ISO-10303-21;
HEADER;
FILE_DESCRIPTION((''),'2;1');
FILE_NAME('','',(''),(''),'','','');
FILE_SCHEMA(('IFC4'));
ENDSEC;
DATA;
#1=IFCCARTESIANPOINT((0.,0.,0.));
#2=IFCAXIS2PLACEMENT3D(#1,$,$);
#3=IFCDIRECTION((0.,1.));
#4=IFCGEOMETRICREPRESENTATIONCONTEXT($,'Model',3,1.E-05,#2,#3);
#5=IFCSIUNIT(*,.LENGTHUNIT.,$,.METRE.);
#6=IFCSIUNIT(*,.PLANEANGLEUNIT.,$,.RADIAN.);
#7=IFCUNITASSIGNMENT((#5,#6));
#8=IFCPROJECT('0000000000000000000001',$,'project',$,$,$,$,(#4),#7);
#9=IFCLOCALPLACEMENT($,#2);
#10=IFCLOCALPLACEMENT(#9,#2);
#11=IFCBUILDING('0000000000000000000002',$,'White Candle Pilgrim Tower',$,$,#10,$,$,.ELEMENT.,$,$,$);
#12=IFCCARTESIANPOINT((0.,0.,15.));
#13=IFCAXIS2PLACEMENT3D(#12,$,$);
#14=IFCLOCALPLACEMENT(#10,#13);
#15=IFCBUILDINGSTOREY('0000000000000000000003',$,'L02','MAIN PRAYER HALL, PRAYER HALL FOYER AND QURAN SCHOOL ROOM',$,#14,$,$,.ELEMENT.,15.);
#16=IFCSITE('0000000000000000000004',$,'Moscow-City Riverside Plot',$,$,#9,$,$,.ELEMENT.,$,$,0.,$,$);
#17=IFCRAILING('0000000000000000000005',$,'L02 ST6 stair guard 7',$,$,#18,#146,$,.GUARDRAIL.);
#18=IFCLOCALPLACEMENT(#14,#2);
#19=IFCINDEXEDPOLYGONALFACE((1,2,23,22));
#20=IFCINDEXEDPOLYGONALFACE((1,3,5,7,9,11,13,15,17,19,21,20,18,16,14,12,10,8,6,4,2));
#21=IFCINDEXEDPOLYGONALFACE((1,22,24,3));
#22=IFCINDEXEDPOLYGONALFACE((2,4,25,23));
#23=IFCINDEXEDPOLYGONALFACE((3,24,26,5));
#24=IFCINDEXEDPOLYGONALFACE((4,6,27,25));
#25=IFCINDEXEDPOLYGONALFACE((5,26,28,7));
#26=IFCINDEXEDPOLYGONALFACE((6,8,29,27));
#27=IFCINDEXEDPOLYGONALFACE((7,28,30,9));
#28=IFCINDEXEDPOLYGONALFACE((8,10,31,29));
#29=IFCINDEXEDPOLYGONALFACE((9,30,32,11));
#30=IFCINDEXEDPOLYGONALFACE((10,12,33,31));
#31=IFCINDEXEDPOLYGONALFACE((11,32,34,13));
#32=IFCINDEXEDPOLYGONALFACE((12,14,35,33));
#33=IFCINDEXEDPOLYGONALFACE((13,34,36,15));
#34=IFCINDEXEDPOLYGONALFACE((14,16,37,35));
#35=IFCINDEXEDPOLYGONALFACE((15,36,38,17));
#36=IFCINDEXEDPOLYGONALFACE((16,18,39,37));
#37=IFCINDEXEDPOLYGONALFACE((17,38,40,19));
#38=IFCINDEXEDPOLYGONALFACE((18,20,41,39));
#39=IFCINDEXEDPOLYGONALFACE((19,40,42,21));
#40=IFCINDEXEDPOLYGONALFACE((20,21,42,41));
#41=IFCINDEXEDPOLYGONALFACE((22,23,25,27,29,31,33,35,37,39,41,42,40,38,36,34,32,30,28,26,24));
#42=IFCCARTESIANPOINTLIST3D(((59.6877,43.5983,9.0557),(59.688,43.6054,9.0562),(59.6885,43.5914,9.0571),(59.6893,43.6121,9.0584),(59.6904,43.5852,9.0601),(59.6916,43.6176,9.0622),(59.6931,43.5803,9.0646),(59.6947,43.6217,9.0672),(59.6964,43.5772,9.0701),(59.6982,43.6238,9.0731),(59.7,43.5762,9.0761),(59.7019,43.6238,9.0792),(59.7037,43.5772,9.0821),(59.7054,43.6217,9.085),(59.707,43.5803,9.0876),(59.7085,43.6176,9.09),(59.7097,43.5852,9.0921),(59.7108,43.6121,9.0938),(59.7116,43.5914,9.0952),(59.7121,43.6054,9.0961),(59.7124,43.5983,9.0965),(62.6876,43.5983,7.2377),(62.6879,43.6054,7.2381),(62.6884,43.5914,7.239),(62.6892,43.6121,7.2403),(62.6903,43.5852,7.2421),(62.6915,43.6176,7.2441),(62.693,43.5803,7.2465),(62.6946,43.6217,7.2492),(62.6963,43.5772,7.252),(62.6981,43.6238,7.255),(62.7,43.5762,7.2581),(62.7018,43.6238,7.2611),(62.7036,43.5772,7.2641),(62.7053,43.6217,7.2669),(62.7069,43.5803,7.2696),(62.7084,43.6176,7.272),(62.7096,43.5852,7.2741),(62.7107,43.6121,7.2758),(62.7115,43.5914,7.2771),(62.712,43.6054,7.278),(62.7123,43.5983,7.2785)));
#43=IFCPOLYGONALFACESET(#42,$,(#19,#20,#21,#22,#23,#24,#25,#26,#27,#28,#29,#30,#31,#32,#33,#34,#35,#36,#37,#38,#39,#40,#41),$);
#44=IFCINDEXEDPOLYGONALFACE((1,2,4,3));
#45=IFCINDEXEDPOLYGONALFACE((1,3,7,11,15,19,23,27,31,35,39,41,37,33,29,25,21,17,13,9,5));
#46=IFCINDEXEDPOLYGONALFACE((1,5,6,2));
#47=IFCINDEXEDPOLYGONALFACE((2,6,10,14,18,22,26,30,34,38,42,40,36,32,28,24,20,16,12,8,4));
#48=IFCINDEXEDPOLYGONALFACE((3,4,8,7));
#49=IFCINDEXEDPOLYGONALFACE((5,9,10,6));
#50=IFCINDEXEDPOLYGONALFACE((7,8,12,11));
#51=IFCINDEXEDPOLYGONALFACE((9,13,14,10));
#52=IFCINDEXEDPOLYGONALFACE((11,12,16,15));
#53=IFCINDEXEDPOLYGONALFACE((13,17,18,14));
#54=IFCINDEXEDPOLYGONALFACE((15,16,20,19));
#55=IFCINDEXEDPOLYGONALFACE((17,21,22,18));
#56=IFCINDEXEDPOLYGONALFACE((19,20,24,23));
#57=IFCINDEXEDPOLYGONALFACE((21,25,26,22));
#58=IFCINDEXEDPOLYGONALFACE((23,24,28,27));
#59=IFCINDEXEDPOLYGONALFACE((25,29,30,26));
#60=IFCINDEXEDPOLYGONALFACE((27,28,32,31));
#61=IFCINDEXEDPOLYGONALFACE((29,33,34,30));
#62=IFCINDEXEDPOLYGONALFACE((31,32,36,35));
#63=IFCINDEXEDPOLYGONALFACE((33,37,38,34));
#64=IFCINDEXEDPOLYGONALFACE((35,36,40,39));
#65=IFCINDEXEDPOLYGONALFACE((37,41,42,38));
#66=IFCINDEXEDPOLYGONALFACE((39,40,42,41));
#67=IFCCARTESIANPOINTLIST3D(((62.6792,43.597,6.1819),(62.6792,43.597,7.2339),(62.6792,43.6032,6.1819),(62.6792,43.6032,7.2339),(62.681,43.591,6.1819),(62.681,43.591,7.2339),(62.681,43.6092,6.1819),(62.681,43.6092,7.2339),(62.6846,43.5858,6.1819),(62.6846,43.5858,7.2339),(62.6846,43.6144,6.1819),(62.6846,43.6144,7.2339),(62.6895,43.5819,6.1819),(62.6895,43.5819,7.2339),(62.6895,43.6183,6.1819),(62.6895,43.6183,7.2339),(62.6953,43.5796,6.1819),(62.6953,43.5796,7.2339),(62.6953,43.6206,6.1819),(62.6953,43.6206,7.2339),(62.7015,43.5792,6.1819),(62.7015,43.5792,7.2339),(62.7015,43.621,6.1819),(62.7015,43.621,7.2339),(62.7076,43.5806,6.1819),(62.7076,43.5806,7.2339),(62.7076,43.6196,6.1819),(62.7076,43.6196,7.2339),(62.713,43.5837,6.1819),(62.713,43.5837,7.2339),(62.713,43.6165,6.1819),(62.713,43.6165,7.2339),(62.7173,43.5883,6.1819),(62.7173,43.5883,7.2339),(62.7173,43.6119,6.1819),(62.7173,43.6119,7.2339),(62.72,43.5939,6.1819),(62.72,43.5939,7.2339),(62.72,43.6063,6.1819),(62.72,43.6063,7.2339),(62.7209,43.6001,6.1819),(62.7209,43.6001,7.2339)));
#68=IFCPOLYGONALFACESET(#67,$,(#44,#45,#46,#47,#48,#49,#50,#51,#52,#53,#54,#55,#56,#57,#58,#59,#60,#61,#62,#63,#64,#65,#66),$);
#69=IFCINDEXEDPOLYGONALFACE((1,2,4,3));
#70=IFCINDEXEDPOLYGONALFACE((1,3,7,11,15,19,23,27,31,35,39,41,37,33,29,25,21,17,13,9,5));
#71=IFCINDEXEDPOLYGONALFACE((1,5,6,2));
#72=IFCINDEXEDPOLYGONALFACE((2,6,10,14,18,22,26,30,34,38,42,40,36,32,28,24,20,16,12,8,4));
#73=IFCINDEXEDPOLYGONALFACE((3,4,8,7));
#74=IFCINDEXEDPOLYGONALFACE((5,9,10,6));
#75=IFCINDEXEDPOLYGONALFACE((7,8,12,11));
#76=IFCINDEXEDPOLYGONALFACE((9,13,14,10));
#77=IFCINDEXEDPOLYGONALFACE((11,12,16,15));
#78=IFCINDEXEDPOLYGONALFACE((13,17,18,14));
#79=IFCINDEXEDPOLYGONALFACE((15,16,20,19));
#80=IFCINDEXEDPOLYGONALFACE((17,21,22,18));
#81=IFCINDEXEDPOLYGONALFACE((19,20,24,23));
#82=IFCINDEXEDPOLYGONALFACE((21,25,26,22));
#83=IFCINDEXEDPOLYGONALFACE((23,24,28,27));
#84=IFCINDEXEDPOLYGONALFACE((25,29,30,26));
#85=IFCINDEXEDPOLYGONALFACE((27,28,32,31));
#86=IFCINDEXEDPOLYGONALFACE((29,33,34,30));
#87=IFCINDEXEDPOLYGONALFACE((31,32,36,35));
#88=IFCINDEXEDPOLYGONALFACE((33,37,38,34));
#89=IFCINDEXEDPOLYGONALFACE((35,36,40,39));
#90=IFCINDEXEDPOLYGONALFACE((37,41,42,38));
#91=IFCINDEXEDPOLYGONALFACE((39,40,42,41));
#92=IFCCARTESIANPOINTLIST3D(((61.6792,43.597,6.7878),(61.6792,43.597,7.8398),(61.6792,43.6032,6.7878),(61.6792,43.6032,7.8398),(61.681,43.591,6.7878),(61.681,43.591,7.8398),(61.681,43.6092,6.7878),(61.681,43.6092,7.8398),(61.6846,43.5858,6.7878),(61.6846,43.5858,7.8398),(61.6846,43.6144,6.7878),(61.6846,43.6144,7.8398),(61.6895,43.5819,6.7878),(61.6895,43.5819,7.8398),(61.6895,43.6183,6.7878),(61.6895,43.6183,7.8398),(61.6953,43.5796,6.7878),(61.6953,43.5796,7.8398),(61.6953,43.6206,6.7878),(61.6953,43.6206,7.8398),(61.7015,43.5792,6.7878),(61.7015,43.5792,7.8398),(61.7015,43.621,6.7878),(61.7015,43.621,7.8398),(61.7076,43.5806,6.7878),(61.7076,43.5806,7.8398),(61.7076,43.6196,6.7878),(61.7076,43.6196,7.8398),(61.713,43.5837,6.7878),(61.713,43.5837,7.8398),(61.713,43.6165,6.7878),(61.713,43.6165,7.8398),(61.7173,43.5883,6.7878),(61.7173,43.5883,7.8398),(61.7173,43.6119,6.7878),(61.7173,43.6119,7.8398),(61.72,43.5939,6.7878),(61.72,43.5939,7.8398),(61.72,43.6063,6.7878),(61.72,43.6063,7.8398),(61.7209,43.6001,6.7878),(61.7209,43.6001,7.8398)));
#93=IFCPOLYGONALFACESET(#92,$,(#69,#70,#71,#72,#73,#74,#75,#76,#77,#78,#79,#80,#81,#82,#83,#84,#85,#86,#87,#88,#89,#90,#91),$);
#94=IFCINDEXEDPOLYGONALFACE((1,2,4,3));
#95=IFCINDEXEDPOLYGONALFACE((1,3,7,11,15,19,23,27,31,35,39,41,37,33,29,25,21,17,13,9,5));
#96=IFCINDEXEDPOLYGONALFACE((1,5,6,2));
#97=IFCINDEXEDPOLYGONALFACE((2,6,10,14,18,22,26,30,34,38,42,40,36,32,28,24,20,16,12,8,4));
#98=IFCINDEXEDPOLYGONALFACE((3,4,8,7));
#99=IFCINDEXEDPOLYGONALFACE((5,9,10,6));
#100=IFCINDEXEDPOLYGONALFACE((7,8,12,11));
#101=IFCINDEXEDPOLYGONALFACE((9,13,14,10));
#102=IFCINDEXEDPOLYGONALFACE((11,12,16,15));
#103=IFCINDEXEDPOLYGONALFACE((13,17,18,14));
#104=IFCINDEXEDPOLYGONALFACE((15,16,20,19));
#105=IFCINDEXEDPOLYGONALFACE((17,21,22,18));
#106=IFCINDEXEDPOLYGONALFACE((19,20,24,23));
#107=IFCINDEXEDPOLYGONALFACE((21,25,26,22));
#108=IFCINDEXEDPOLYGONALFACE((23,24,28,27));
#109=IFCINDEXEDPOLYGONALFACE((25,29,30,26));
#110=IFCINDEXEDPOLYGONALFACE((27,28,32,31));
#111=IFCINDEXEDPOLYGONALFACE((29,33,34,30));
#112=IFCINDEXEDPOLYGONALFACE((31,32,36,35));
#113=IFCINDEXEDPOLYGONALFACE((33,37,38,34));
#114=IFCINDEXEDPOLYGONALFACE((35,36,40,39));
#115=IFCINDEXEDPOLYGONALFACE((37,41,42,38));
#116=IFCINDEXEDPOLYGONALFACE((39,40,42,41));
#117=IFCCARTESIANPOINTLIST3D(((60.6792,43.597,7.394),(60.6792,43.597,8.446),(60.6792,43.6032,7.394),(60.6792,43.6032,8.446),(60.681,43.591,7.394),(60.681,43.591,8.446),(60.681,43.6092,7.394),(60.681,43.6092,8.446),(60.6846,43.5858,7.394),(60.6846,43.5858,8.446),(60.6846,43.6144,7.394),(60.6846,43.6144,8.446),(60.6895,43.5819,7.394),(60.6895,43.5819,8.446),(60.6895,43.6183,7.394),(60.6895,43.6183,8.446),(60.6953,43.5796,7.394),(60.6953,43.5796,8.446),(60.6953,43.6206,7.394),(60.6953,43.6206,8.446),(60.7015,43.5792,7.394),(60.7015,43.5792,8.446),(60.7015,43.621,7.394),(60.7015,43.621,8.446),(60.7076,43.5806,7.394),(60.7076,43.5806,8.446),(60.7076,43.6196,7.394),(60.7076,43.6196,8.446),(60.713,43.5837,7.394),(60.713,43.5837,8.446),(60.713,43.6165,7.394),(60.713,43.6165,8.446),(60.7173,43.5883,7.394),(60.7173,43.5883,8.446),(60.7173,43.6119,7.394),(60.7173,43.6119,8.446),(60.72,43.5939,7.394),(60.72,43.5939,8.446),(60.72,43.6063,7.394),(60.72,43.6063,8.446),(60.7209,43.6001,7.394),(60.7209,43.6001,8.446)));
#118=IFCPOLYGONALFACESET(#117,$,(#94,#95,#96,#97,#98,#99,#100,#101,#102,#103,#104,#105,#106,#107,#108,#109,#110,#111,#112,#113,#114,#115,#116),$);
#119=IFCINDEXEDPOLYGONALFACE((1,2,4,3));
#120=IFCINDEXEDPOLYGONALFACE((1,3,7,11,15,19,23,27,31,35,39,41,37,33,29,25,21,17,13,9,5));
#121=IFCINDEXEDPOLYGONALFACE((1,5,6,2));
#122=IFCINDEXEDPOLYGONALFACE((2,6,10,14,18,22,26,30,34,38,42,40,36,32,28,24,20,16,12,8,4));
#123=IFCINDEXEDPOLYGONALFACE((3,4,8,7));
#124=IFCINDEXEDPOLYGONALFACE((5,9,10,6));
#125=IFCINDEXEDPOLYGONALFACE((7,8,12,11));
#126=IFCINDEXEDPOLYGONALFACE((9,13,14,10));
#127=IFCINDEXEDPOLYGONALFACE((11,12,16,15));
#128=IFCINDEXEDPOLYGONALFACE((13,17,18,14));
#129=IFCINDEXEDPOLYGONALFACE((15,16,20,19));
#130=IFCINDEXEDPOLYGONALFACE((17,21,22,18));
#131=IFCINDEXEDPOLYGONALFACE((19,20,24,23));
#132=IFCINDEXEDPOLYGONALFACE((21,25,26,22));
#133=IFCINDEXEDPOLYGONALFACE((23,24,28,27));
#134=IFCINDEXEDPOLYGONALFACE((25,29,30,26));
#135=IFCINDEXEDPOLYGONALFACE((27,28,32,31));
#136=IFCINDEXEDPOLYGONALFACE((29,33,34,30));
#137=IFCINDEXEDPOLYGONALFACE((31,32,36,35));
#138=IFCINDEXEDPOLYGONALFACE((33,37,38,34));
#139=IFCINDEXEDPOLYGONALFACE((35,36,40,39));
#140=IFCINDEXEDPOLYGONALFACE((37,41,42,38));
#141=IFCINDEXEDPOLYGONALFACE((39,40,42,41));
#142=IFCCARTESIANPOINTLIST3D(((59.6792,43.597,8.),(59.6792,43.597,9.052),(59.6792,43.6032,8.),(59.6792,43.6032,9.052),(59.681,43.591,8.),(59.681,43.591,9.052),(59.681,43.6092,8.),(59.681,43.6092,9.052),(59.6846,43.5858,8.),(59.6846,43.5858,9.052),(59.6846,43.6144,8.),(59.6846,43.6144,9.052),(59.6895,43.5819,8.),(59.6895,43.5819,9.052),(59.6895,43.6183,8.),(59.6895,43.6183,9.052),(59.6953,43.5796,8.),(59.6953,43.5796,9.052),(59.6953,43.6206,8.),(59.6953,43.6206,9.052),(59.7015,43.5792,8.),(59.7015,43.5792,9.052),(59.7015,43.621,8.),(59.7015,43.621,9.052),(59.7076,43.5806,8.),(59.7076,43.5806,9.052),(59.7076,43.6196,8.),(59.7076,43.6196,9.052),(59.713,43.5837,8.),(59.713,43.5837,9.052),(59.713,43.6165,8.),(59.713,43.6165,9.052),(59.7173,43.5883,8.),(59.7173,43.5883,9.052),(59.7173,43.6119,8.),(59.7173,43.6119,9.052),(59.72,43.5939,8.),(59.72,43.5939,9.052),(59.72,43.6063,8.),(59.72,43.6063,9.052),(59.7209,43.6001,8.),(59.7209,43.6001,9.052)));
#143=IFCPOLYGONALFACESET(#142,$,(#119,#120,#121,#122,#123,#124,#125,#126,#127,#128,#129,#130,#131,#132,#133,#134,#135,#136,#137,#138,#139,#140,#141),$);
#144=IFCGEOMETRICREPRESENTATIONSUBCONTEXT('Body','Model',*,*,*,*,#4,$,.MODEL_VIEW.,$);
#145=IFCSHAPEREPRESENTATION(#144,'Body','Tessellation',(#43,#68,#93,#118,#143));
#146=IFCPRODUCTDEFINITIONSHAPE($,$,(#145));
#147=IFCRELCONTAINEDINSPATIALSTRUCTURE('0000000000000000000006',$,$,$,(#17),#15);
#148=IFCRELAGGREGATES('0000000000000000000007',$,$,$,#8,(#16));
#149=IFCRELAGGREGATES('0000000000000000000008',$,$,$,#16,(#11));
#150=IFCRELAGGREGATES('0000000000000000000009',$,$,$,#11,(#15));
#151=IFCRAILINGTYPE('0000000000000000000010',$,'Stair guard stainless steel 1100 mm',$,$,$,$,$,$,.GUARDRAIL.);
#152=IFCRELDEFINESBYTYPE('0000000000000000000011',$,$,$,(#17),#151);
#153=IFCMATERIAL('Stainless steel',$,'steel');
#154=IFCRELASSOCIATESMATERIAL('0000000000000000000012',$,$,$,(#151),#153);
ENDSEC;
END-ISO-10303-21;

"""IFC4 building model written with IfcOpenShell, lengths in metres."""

from ifc_helpers import new_model, si_unit, direction, frame, origin, origin_2d, place, context, subcontext, project, spatial, circle, extrude, material, type_object, element, save


model = new_model("IFC4")

# Units and contexts
model_context = context("Model", 3, precision=1e-05, world=origin(), true_north=direction((0.0, 1.0)))
body_context = subcontext(model_context, "Body", "Model", "MODEL_VIEW")
ifc_project = project(units=[si_unit("LENGTHUNIT", "METRE"), si_unit("PLANEANGLEUNIT", "RADIAN")], contexts=[model_context])

# Site, building, storey
site_placement = place(None, origin())
site = spatial("IfcSite", under=ifc_project, at=site_placement, Name="Moscow-City Riverside Plot", CompositionType="ELEMENT", RefElevation=0.0)
building_placement = place(site_placement, origin())
building = spatial("IfcBuilding", under=site, at=building_placement, Name="White Candle Pilgrim Tower", CompositionType="ELEMENT")
storey_placement = place(building_placement, frame((0.0, 0.0, 15.0)))
storey = spatial("IfcBuildingStorey", under=building, at=storey_placement, Name="L02", Description="MAIN PRAYER HALL, PRAYER HALL FOYER AND QURAN SCHOOL ROOM", CompositionType="ELEMENT", Elevation=15.0)

# Railing
ifc_material_1 = material(Name="Stainless steel", Category="steel")
railing_type_1 = type_object("IfcRailingType", Name="Stair guard stainless steel 1100 mm", PredefinedType="GUARDRAIL", material=ifc_material_1)
railing_1_placement = place(storey_placement, frame((62.7, 43.6001, 6.1819)))
element("IfcRailing", 1, at=railing_1_placement, inside=storey, type_object=railing_type_1, Name="L02 ST6 stair guard 7", PredefinedType="GUARDRAIL", context=body_context, shape_type="SweptSolid", body=[
    extrude(circle(Radius=0.0239, at=origin_2d()), frame((0.0, 0.0, 1.0762), z_axis=(-0.855206, 0.0, 0.518288), x_axis=(0.0, -1.0, 0.0)), (0.0, 0.0, 1.0), 3.5078),
    extrude(circle(Radius=0.021, at=origin_2d()), origin(), (0.0, 0.0, 1.0), 1.052),
    extrude(circle(Radius=0.021, at=origin_2d()), frame((-1.0, 0.0, 0.606)), (0.0, 0.0, 1.0), 1.052),
    extrude(circle(Radius=0.021, at=origin_2d()), frame((-2.0, 0.0, 1.2122)), (0.0, 0.0, 1.0), 1.052),
    extrude(circle(Radius=0.021, at=origin_2d()), frame((-3.0, 0.0, 1.8181)), (0.0, 0.0, 1.0), 1.052),
])

save(model, "model.ifc")
